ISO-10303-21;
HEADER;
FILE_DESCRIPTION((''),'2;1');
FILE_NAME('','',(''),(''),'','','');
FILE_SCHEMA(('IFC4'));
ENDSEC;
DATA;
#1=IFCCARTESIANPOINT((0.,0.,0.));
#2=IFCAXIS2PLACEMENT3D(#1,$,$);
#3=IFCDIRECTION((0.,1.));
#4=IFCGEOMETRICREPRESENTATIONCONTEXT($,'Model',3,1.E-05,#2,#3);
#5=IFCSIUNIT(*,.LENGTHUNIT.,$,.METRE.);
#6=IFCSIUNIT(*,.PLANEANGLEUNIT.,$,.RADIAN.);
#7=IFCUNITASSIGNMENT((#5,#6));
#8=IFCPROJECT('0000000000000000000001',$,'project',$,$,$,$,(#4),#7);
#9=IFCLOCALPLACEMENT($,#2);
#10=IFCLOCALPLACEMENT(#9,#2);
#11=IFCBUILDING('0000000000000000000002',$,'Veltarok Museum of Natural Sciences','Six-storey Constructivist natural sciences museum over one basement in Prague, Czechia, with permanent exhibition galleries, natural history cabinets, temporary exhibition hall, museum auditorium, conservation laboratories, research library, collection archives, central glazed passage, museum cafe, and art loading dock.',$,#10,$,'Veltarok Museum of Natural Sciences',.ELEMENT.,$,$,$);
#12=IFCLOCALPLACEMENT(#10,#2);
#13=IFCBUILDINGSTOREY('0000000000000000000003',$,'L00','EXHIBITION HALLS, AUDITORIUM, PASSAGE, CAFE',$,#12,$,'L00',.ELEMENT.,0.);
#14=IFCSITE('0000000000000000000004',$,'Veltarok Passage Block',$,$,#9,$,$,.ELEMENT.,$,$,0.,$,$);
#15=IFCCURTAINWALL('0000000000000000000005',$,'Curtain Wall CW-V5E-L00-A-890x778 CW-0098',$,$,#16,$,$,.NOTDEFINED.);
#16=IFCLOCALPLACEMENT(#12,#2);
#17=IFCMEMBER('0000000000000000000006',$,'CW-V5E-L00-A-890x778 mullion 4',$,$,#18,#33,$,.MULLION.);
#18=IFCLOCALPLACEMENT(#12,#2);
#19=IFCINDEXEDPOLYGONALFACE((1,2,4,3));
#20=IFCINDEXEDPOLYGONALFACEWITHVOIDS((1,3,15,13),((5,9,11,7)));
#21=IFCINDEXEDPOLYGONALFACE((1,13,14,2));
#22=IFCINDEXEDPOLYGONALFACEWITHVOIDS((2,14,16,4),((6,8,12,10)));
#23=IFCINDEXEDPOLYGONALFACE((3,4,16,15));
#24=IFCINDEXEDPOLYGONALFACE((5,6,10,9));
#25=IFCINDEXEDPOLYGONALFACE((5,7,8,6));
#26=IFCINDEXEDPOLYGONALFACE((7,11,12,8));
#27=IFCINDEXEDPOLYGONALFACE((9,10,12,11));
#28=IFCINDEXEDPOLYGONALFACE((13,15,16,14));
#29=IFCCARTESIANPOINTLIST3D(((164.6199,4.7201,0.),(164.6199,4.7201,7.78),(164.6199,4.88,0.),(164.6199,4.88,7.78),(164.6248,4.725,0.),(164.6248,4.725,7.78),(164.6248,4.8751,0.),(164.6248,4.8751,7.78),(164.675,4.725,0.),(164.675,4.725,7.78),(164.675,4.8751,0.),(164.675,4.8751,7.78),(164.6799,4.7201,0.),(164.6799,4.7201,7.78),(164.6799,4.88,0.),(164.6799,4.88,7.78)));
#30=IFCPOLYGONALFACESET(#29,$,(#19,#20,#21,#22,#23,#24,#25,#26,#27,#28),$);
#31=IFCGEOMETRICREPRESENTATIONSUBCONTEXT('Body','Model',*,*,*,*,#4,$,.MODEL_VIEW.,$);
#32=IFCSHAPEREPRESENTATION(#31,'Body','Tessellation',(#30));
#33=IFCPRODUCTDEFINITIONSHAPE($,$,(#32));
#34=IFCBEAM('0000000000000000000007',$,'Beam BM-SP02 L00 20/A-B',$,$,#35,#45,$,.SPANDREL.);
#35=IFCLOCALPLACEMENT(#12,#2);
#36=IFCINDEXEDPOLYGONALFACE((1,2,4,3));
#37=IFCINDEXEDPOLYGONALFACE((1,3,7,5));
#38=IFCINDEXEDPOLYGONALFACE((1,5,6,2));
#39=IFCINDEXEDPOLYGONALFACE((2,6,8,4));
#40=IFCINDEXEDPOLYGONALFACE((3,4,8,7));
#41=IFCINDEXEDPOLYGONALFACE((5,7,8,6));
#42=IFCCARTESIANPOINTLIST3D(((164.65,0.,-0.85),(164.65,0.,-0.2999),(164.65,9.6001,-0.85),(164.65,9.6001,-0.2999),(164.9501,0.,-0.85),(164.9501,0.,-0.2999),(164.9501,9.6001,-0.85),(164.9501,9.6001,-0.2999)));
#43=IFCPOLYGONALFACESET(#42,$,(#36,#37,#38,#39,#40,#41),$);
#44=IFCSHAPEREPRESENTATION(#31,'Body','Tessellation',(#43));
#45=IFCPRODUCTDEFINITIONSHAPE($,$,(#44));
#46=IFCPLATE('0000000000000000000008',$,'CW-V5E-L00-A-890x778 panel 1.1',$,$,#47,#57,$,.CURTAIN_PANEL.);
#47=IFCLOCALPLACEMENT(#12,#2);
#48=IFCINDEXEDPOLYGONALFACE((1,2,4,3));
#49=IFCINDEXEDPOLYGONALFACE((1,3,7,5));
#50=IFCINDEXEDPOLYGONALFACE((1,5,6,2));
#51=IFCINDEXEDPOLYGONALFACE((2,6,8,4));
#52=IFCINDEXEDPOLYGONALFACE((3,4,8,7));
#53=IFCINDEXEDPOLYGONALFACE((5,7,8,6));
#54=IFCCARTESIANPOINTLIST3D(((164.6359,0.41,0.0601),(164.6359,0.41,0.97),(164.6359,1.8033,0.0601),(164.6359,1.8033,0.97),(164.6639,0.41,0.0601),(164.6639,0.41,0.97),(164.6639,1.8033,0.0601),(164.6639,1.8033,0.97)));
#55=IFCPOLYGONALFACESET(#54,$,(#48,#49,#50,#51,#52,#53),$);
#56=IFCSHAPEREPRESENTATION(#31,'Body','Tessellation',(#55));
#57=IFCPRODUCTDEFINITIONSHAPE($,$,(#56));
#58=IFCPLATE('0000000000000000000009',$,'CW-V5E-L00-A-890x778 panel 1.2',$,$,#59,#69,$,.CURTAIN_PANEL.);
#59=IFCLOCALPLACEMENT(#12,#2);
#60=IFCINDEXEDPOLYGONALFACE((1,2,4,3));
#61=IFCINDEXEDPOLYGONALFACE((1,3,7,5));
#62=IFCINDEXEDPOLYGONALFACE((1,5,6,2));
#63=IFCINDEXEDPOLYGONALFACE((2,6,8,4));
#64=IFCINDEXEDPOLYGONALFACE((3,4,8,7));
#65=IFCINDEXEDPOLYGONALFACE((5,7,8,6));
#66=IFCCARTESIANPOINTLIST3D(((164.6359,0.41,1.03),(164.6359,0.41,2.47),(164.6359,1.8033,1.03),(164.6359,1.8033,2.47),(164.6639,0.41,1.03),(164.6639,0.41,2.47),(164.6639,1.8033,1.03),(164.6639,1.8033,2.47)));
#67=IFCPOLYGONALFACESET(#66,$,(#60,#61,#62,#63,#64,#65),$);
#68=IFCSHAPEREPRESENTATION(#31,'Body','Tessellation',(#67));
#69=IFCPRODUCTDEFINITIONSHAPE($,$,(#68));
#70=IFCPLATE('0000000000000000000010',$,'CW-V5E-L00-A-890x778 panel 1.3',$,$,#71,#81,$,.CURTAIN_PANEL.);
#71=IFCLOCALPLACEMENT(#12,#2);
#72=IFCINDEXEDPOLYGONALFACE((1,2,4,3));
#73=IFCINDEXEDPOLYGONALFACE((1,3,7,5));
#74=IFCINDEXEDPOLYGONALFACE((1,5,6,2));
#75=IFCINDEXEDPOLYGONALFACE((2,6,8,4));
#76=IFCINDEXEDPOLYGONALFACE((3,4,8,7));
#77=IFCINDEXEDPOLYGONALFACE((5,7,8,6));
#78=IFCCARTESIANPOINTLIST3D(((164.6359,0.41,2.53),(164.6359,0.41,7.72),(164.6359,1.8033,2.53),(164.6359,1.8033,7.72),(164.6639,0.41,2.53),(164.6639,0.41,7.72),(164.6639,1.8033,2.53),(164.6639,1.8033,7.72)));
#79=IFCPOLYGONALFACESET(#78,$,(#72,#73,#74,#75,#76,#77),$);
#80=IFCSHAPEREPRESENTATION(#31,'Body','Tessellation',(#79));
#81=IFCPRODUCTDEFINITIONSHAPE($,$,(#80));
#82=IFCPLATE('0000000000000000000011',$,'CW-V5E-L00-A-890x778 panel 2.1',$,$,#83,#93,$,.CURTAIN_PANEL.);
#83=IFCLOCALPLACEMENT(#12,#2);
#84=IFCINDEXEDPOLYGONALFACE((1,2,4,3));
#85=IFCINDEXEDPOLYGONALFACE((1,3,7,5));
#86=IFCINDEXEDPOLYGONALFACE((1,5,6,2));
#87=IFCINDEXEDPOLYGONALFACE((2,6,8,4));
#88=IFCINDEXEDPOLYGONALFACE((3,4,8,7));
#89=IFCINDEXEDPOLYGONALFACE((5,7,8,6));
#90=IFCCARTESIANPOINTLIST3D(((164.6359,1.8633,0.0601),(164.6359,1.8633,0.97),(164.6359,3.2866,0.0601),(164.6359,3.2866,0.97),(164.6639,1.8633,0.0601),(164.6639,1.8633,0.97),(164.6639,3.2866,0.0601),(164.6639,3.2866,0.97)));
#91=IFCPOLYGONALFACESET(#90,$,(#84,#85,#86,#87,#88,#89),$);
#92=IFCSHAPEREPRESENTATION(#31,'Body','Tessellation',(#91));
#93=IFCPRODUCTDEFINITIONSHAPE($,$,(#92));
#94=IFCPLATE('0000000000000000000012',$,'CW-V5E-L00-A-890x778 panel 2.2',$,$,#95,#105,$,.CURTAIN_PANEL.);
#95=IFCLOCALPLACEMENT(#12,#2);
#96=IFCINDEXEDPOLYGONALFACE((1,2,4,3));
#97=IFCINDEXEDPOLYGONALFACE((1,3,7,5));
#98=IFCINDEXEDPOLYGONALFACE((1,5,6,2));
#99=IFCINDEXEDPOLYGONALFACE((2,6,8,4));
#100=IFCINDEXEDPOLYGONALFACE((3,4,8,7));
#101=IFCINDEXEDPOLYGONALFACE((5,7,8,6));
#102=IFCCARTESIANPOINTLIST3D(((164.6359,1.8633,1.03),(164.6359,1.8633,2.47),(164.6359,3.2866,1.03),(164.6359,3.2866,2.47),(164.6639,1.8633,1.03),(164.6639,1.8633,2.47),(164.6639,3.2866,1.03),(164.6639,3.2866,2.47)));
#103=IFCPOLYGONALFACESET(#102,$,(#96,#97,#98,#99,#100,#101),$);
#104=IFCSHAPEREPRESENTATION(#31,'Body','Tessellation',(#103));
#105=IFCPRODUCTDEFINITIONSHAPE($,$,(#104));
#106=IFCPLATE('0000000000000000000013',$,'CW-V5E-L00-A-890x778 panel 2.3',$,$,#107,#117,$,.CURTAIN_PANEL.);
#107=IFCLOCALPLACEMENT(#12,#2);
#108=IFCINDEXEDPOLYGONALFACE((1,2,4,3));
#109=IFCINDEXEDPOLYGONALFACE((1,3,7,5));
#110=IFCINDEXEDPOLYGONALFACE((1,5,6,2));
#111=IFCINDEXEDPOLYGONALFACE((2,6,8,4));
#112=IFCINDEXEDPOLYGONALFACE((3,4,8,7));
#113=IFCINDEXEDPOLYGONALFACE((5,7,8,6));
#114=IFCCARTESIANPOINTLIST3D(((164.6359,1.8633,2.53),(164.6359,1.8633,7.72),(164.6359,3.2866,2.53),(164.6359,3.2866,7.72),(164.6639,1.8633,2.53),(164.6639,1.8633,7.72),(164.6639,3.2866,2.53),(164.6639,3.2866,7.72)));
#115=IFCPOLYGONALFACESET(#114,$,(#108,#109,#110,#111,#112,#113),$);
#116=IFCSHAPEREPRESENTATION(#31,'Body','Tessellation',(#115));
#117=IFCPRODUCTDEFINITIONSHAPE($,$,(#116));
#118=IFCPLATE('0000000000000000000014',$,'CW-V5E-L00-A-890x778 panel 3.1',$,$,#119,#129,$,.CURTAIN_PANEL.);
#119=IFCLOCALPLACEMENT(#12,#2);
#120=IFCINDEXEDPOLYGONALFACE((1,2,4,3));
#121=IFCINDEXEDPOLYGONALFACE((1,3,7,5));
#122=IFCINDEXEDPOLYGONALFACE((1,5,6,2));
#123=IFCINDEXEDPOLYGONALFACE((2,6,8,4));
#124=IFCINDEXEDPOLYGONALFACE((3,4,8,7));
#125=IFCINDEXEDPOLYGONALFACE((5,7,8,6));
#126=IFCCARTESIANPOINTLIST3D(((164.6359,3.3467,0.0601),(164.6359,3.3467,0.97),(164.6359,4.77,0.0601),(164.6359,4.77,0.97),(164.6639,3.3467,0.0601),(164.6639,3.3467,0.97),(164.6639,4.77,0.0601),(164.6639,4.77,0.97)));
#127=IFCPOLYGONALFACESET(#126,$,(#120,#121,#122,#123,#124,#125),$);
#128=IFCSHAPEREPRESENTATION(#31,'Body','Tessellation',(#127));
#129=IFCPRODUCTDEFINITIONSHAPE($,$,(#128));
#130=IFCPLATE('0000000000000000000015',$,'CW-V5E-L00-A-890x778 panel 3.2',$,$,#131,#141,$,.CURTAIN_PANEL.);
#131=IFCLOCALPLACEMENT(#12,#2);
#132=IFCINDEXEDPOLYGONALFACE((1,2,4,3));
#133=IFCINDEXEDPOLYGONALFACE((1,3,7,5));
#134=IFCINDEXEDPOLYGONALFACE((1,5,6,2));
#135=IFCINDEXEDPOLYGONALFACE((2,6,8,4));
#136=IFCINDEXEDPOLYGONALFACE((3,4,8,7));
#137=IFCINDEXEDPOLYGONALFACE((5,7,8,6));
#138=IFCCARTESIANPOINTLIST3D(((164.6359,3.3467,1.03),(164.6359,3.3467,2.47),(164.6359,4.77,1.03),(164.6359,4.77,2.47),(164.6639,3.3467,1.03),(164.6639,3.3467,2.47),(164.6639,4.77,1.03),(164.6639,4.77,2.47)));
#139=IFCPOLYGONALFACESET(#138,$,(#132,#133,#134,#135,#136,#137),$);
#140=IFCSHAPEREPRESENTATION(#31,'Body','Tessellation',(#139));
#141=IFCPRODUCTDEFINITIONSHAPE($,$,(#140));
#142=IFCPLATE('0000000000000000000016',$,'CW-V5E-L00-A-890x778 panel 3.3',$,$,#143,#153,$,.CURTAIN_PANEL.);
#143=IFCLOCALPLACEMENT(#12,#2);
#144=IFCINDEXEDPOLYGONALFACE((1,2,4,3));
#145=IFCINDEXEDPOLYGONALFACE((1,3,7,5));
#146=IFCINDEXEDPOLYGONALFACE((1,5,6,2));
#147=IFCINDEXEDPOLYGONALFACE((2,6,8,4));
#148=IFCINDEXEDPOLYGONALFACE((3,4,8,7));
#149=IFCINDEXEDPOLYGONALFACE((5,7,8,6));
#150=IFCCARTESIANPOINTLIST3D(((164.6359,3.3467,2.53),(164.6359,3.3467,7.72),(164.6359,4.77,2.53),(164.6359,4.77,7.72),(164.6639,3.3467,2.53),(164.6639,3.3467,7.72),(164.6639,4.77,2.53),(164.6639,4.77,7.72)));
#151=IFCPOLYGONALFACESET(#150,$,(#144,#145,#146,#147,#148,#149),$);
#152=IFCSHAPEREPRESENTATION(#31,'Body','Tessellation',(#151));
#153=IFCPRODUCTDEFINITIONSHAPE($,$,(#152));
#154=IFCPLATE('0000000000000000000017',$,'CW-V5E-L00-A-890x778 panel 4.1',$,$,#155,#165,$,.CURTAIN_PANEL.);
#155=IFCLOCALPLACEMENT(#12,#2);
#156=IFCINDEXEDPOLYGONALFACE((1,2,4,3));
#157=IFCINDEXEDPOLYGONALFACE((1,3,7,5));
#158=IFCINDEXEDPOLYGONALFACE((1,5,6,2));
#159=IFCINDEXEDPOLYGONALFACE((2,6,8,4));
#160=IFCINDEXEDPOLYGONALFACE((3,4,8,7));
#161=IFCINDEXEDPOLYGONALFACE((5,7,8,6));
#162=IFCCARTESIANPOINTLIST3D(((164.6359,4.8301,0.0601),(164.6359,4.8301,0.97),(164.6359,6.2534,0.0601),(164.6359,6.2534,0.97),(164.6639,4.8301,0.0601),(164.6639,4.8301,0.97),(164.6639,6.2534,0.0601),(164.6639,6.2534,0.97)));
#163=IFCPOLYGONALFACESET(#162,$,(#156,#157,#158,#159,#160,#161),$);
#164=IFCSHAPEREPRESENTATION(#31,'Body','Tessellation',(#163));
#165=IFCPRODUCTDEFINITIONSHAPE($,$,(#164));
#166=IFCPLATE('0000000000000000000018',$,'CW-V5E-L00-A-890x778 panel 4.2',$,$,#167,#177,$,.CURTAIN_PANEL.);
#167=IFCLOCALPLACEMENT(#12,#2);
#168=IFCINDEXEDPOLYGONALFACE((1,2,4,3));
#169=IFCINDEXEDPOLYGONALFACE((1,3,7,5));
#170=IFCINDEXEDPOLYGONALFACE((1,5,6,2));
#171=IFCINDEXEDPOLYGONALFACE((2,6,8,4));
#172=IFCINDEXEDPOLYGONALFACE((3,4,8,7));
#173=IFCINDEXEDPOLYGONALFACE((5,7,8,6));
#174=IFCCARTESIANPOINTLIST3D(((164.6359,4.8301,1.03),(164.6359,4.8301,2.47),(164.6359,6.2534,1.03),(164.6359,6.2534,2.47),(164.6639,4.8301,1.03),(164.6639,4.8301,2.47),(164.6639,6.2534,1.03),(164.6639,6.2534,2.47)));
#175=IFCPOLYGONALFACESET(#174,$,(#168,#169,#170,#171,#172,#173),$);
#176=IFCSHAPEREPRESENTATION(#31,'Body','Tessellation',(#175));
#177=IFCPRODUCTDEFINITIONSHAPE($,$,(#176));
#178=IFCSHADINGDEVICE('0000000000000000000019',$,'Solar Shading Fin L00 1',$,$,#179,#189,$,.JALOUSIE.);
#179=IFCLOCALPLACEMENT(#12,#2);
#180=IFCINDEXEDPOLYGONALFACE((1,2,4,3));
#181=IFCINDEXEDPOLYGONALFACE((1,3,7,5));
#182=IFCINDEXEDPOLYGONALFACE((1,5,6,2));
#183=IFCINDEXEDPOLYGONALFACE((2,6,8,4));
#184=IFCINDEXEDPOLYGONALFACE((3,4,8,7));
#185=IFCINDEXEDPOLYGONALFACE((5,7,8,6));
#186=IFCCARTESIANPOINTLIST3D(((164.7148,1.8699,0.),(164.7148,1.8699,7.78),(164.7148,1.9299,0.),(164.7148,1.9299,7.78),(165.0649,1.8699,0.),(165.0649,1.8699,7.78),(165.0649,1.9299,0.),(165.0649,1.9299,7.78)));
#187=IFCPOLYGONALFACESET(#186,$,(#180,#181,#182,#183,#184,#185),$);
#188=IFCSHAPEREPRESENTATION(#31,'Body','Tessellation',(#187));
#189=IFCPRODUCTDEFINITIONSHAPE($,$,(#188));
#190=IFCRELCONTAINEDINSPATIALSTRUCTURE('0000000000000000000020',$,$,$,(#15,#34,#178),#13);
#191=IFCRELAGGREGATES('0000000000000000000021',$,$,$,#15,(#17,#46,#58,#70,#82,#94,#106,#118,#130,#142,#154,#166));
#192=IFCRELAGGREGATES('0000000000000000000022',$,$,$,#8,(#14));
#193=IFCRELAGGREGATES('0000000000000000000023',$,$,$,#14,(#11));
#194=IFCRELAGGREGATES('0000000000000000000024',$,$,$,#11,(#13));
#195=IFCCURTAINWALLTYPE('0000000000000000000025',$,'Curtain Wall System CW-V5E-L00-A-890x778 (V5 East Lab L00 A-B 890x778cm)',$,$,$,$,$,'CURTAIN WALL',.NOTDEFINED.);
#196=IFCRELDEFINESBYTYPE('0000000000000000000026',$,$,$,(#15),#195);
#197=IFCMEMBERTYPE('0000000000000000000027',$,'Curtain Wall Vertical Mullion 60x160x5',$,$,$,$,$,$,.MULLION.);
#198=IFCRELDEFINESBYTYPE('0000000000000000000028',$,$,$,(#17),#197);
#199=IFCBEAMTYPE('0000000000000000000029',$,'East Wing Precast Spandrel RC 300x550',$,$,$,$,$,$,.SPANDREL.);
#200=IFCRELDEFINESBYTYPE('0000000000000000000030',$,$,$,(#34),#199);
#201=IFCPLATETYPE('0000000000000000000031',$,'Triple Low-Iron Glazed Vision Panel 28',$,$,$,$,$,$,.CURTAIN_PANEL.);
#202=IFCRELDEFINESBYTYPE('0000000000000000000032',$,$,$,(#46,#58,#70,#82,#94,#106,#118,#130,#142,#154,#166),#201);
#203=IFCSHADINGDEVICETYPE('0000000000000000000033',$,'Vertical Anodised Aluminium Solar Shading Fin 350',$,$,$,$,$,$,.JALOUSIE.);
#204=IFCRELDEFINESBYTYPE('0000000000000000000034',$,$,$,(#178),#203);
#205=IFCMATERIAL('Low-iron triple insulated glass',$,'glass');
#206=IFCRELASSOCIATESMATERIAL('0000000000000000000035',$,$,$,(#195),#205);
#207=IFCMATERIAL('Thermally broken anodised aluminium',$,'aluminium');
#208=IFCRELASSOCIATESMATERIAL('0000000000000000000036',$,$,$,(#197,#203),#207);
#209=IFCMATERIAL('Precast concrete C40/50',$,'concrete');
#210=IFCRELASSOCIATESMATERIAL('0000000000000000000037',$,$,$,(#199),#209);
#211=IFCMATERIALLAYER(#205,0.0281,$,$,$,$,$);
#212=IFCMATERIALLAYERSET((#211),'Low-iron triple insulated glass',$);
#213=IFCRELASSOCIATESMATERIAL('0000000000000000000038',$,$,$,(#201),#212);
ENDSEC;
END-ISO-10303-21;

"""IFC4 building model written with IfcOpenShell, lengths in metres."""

from ifc_helpers import new_model, si_unit, direction, frame, origin, origin_2d, place, context, subcontext, project, spatial, rectangle, hollow_rectangle, extrude, material, layer, layer_set, material_profile, profile_set, type_object, element, aggregate, save


model = new_model("IFC4")

# Units and contexts
model_context = context("Model", 3, precision=1e-05, world=origin(), true_north=direction((0.0, 1.0)))
body_context = subcontext(model_context, "Body", "Model", "MODEL_VIEW")
ifc_project = project(units=[si_unit("LENGTHUNIT", "METRE"), si_unit("PLANEANGLEUNIT", "RADIAN")], contexts=[model_context])

# Site, building, storey
site_placement = place(None, origin())
site = spatial("IfcSite", under=ifc_project, at=site_placement, Name="Veltarok Passage Block", CompositionType="ELEMENT", RefElevation=0.0)
building_placement = place(site_placement, origin())
building = spatial("IfcBuilding", under=site, at=building_placement, Name="Veltarok Museum of Natural Sciences", Description="Six-storey Constructivist natural sciences museum over one basement in Prague, Czechia, with permanent exhibition galleries, natural history cabinets, temporary exhibition hall, museum auditorium, conservation laboratories, research library, collection archives, central glazed passage, museum cafe, and art loading dock.", LongName="Veltarok Museum of Natural Sciences", CompositionType="ELEMENT")
storey_placement = place(building_placement, origin())
storey = spatial("IfcBuildingStorey", under=building, at=storey_placement, Name="L00", Description="EXHIBITION HALLS, AUDITORIUM, PASSAGE, CAFE", LongName="L00", CompositionType="ELEMENT", Elevation=0.0)

# Curtain wall, member
ifc_material_1 = material(Name="Low-iron triple insulated glass", Category="glass")
curtain_wall_type = type_object("IfcCurtainWallType", Name="Curtain Wall System CW-V5E-L00-A-890x778 (V5 East Lab L00 A-B 890x778cm)", ElementType="CURTAIN WALL", PredefinedType="NOTDEFINED", material=ifc_material_1)
curtain_wall_placement = place(storey_placement, origin())
curtain_wall = element("IfcCurtainWall", 1, at=curtain_wall_placement, inside=storey, type_object=curtain_wall_type, Name="Curtain Wall CW-V5E-L00-A-890x778 CW-0098", PredefinedType="NOTDEFINED")
ifc_material_2 = material(Name="Thermally broken anodised aluminium", Category="aluminium")
ifc_material_profile_1 = material_profile(ifc_material_2, hollow_rectangle(XDim=0.0601, YDim=0.1599, WallThickness=0.0049, at=origin_2d()), Name="CW MULLION 60x160x5")
ifc_profile_set_1 = profile_set([ifc_material_profile_1], Name="Thermally broken anodised aluminium")
member_type_1 = type_object("IfcMemberType", Name="Curtain Wall Vertical Mullion 60x160x5", PredefinedType="MULLION", material=ifc_profile_set_1)
member_1_placement = place(storey_placement, frame((164.6499, 4.8, 0.0), z_axis=(0.0, 0.0, 1.0), x_axis=(-1.0, 0.0, 0.0)))
member_1 = element("IfcMember", 2, at=member_1_placement, type_object=member_type_1, Name="CW-V5E-L00-A-890x778 mullion 4", PredefinedType="MULLION", context=body_context, shape_type="SweptSolid", body=[
    extrude(hollow_rectangle(XDim=0.0601, YDim=0.1599, WallThickness=0.0049, at=origin_2d()), origin(), (0.0, 0.0, 1.0), 7.78),
])

# Beam
ifc_material_3 = material(Name="Precast concrete C40/50", Category="concrete")
ifc_material_profile_2 = material_profile(ifc_material_3, rectangle(XDim=0.3, YDim=0.55, at=origin_2d()), Name="RC 300x550")
ifc_profile_set_2 = profile_set([ifc_material_profile_2], Name="Precast concrete C40/50")
beam_type = type_object("IfcBeamType", Name="East Wing Precast Spandrel RC 300x550", PredefinedType="SPANDREL", material=ifc_profile_set_2)
beam_placement = place(storey_placement, frame((164.8, 0.0, -0.575), z_axis=(0.0, 1.0, 0.0), x_axis=(-1.0, 0.0, 0.0)))
element("IfcBeam", 3, at=beam_placement, inside=storey, type_object=beam_type, Name="Beam BM-SP02 L00 20/A-B", PredefinedType="SPANDREL", context=body_context, shape_type="SweptSolid", body=[
    extrude(rectangle(XDim=0.3, YDim=0.55, at=origin_2d()), origin(), (0.0, 0.0, 1.0), 9.6001),
])

# Plates
ifc_layer = layer(ifc_material_1, 0.0281)
ifc_layer_set = layer_set([ifc_layer], Name="Low-iron triple insulated glass")
plate_type = type_object("IfcPlateType", Name="Triple Low-Iron Glazed Vision Panel 28", PredefinedType="CURTAIN_PANEL", material=ifc_layer_set)
plate_1_placement = place(storey_placement, frame((164.6499, 1.1067, 0.0601), z_axis=(0.0, 0.0, 1.0), x_axis=(0.0, 1.0, 0.0)))
plate_1 = element("IfcPlate", 4, at=plate_1_placement, type_object=plate_type, Name="CW-V5E-L00-A-890x778 panel 1.1", PredefinedType="CURTAIN_PANEL", context=body_context, shape_type="SweptSolid", body=[
    extrude(rectangle(XDim=1.3933, YDim=0.0281, at=origin_2d()), origin(), (0.0, 0.0, 1.0), 0.9099),
])
plate_2_placement = place(storey_placement, frame((164.6499, 1.1067, 1.03), z_axis=(0.0, 0.0, 1.0), x_axis=(0.0, 1.0, 0.0)))
plate_2 = element("IfcPlate", 5, at=plate_2_placement, type_object=plate_type, Name="CW-V5E-L00-A-890x778 panel 1.2", PredefinedType="CURTAIN_PANEL", context=body_context, shape_type="SweptSolid", body=[
    extrude(rectangle(XDim=1.3933, YDim=0.0281, at=origin_2d()), origin(), (0.0, 0.0, 1.0), 1.4399),
])
plate_3_placement = place(storey_placement, frame((164.6499, 1.1067, 2.53), z_axis=(0.0, 0.0, 1.0), x_axis=(0.0, 1.0, 0.0)))
plate_3 = element("IfcPlate", 6, at=plate_3_placement, type_object=plate_type, Name="CW-V5E-L00-A-890x778 panel 1.3", PredefinedType="CURTAIN_PANEL", context=body_context, shape_type="SweptSolid", body=[
    extrude(rectangle(XDim=1.3933, YDim=0.0281, at=origin_2d()), origin(), (0.0, 0.0, 1.0), 5.1899),
])
plate_4_placement = place(storey_placement, frame((164.6499, 2.575, 0.0601), z_axis=(0.0, 0.0, 1.0), x_axis=(0.0, 1.0, 0.0)))
plate_4 = element("IfcPlate", 7, at=plate_4_placement, type_object=plate_type, Name="CW-V5E-L00-A-890x778 panel 2.1", PredefinedType="CURTAIN_PANEL", context=body_context, shape_type="SweptSolid", body=[
    extrude(rectangle(XDim=1.4233, YDim=0.0281, at=origin_2d()), origin(), (0.0, 0.0, 1.0), 0.9099),
])
plate_5_placement = place(storey_placement, frame((164.6499, 2.575, 1.03), z_axis=(0.0, 0.0, 1.0), x_axis=(0.0, 1.0, 0.0)))
plate_5 = element("IfcPlate", 8, at=plate_5_placement, type_object=plate_type, Name="CW-V5E-L00-A-890x778 panel 2.2", PredefinedType="CURTAIN_PANEL", context=body_context, shape_type="SweptSolid", body=[
    extrude(rectangle(XDim=1.4233, YDim=0.0281, at=origin_2d()), origin(), (0.0, 0.0, 1.0), 1.4399),
])
plate_6_placement = place(storey_placement, frame((164.6499, 2.575, 2.53), z_axis=(0.0, 0.0, 1.0), x_axis=(0.0, 1.0, 0.0)))
plate_6 = element("IfcPlate", 9, at=plate_6_placement, type_object=plate_type, Name="CW-V5E-L00-A-890x778 panel 2.3", PredefinedType="CURTAIN_PANEL", context=body_context, shape_type="SweptSolid", body=[
    extrude(rectangle(XDim=1.4233, YDim=0.0281, at=origin_2d()), origin(), (0.0, 0.0, 1.0), 5.1899),
])
plate_7_placement = place(storey_placement, frame((164.6499, 4.0583, 0.0601), z_axis=(0.0, 0.0, 1.0), x_axis=(0.0, 1.0, 0.0)))
plate_7 = element("IfcPlate", 10, at=plate_7_placement, type_object=plate_type, Name="CW-V5E-L00-A-890x778 panel 3.1", PredefinedType="CURTAIN_PANEL", context=body_context, shape_type="SweptSolid", body=[
    extrude(rectangle(XDim=1.4233, YDim=0.0281, at=origin_2d()), origin(), (0.0, 0.0, 1.0), 0.9099),
])
plate_8_placement = place(storey_placement, frame((164.6499, 4.0583, 1.03), z_axis=(0.0, 0.0, 1.0), x_axis=(0.0, 1.0, 0.0)))
plate_8 = element("IfcPlate", 11, at=plate_8_placement, type_object=plate_type, Name="CW-V5E-L00-A-890x778 panel 3.2", PredefinedType="CURTAIN_PANEL", context=body_context, shape_type="SweptSolid", body=[
    extrude(rectangle(XDim=1.4233, YDim=0.0281, at=origin_2d()), origin(), (0.0, 0.0, 1.0), 1.4399),
])
plate_9_placement = place(storey_placement, frame((164.6499, 4.0583, 2.53), z_axis=(0.0, 0.0, 1.0), x_axis=(0.0, 1.0, 0.0)))
plate_9 = element("IfcPlate", 12, at=plate_9_placement, type_object=plate_type, Name="CW-V5E-L00-A-890x778 panel 3.3", PredefinedType="CURTAIN_PANEL", context=body_context, shape_type="SweptSolid", body=[
    extrude(rectangle(XDim=1.4233, YDim=0.0281, at=origin_2d()), origin(), (0.0, 0.0, 1.0), 5.1899),
])
plate_10_placement = place(storey_placement, frame((164.6499, 5.5417, 0.0601), z_axis=(0.0, 0.0, 1.0), x_axis=(0.0, 1.0, 0.0)))
plate_10 = element("IfcPlate", 13, at=plate_10_placement, type_object=plate_type, Name="CW-V5E-L00-A-890x778 panel 4.1", PredefinedType="CURTAIN_PANEL", context=body_context, shape_type="SweptSolid", body=[
    extrude(rectangle(XDim=1.4233, YDim=0.0281, at=origin_2d()), origin(), (0.0, 0.0, 1.0), 0.9099),
])
plate_11_placement = place(storey_placement, frame((164.6499, 5.5417, 1.03), z_axis=(0.0, 0.0, 1.0), x_axis=(0.0, 1.0, 0.0)))
plate_11 = element("IfcPlate", 14, at=plate_11_placement, type_object=plate_type, Name="CW-V5E-L00-A-890x778 panel 4.2", PredefinedType="CURTAIN_PANEL", context=body_context, shape_type="SweptSolid", body=[
    extrude(rectangle(XDim=1.4233, YDim=0.0281, at=origin_2d()), origin(), (0.0, 0.0, 1.0), 1.4399),
])
aggregate(curtain_wall, [member_1, plate_1, plate_2, plate_3, plate_4, plate_5, plate_6, plate_7, plate_8, plate_9, plate_10, plate_11])

# Shading device
shading_device_type = type_object("IfcShadingDeviceType", Name="Vertical Anodised Aluminium Solar Shading Fin 350", PredefinedType="JALOUSIE", material=ifc_material_2)
for number, where, z_axis, x_axis, name in (
    (15, (164.8899, 1.8999, 0.0), (0.0, 0.0, 1.0), (1.0, 0.0, 0.0), "Solar Shading Fin L00 1"),
):
    element("IfcShadingDevice", number, at=place(storey_placement, frame(where, z_axis=z_axis, x_axis=x_axis)), inside=storey, type_object=shading_device_type, Name=name, PredefinedType="JALOUSIE", context=body_context, shape_type="SweptSolid", body=[
        extrude(rectangle(XDim=0.3501, YDim=0.0601, at=origin_2d()), origin(), (0.0, 0.0, 1.0), 7.78),
    ])

save(model, "model.ifc")
